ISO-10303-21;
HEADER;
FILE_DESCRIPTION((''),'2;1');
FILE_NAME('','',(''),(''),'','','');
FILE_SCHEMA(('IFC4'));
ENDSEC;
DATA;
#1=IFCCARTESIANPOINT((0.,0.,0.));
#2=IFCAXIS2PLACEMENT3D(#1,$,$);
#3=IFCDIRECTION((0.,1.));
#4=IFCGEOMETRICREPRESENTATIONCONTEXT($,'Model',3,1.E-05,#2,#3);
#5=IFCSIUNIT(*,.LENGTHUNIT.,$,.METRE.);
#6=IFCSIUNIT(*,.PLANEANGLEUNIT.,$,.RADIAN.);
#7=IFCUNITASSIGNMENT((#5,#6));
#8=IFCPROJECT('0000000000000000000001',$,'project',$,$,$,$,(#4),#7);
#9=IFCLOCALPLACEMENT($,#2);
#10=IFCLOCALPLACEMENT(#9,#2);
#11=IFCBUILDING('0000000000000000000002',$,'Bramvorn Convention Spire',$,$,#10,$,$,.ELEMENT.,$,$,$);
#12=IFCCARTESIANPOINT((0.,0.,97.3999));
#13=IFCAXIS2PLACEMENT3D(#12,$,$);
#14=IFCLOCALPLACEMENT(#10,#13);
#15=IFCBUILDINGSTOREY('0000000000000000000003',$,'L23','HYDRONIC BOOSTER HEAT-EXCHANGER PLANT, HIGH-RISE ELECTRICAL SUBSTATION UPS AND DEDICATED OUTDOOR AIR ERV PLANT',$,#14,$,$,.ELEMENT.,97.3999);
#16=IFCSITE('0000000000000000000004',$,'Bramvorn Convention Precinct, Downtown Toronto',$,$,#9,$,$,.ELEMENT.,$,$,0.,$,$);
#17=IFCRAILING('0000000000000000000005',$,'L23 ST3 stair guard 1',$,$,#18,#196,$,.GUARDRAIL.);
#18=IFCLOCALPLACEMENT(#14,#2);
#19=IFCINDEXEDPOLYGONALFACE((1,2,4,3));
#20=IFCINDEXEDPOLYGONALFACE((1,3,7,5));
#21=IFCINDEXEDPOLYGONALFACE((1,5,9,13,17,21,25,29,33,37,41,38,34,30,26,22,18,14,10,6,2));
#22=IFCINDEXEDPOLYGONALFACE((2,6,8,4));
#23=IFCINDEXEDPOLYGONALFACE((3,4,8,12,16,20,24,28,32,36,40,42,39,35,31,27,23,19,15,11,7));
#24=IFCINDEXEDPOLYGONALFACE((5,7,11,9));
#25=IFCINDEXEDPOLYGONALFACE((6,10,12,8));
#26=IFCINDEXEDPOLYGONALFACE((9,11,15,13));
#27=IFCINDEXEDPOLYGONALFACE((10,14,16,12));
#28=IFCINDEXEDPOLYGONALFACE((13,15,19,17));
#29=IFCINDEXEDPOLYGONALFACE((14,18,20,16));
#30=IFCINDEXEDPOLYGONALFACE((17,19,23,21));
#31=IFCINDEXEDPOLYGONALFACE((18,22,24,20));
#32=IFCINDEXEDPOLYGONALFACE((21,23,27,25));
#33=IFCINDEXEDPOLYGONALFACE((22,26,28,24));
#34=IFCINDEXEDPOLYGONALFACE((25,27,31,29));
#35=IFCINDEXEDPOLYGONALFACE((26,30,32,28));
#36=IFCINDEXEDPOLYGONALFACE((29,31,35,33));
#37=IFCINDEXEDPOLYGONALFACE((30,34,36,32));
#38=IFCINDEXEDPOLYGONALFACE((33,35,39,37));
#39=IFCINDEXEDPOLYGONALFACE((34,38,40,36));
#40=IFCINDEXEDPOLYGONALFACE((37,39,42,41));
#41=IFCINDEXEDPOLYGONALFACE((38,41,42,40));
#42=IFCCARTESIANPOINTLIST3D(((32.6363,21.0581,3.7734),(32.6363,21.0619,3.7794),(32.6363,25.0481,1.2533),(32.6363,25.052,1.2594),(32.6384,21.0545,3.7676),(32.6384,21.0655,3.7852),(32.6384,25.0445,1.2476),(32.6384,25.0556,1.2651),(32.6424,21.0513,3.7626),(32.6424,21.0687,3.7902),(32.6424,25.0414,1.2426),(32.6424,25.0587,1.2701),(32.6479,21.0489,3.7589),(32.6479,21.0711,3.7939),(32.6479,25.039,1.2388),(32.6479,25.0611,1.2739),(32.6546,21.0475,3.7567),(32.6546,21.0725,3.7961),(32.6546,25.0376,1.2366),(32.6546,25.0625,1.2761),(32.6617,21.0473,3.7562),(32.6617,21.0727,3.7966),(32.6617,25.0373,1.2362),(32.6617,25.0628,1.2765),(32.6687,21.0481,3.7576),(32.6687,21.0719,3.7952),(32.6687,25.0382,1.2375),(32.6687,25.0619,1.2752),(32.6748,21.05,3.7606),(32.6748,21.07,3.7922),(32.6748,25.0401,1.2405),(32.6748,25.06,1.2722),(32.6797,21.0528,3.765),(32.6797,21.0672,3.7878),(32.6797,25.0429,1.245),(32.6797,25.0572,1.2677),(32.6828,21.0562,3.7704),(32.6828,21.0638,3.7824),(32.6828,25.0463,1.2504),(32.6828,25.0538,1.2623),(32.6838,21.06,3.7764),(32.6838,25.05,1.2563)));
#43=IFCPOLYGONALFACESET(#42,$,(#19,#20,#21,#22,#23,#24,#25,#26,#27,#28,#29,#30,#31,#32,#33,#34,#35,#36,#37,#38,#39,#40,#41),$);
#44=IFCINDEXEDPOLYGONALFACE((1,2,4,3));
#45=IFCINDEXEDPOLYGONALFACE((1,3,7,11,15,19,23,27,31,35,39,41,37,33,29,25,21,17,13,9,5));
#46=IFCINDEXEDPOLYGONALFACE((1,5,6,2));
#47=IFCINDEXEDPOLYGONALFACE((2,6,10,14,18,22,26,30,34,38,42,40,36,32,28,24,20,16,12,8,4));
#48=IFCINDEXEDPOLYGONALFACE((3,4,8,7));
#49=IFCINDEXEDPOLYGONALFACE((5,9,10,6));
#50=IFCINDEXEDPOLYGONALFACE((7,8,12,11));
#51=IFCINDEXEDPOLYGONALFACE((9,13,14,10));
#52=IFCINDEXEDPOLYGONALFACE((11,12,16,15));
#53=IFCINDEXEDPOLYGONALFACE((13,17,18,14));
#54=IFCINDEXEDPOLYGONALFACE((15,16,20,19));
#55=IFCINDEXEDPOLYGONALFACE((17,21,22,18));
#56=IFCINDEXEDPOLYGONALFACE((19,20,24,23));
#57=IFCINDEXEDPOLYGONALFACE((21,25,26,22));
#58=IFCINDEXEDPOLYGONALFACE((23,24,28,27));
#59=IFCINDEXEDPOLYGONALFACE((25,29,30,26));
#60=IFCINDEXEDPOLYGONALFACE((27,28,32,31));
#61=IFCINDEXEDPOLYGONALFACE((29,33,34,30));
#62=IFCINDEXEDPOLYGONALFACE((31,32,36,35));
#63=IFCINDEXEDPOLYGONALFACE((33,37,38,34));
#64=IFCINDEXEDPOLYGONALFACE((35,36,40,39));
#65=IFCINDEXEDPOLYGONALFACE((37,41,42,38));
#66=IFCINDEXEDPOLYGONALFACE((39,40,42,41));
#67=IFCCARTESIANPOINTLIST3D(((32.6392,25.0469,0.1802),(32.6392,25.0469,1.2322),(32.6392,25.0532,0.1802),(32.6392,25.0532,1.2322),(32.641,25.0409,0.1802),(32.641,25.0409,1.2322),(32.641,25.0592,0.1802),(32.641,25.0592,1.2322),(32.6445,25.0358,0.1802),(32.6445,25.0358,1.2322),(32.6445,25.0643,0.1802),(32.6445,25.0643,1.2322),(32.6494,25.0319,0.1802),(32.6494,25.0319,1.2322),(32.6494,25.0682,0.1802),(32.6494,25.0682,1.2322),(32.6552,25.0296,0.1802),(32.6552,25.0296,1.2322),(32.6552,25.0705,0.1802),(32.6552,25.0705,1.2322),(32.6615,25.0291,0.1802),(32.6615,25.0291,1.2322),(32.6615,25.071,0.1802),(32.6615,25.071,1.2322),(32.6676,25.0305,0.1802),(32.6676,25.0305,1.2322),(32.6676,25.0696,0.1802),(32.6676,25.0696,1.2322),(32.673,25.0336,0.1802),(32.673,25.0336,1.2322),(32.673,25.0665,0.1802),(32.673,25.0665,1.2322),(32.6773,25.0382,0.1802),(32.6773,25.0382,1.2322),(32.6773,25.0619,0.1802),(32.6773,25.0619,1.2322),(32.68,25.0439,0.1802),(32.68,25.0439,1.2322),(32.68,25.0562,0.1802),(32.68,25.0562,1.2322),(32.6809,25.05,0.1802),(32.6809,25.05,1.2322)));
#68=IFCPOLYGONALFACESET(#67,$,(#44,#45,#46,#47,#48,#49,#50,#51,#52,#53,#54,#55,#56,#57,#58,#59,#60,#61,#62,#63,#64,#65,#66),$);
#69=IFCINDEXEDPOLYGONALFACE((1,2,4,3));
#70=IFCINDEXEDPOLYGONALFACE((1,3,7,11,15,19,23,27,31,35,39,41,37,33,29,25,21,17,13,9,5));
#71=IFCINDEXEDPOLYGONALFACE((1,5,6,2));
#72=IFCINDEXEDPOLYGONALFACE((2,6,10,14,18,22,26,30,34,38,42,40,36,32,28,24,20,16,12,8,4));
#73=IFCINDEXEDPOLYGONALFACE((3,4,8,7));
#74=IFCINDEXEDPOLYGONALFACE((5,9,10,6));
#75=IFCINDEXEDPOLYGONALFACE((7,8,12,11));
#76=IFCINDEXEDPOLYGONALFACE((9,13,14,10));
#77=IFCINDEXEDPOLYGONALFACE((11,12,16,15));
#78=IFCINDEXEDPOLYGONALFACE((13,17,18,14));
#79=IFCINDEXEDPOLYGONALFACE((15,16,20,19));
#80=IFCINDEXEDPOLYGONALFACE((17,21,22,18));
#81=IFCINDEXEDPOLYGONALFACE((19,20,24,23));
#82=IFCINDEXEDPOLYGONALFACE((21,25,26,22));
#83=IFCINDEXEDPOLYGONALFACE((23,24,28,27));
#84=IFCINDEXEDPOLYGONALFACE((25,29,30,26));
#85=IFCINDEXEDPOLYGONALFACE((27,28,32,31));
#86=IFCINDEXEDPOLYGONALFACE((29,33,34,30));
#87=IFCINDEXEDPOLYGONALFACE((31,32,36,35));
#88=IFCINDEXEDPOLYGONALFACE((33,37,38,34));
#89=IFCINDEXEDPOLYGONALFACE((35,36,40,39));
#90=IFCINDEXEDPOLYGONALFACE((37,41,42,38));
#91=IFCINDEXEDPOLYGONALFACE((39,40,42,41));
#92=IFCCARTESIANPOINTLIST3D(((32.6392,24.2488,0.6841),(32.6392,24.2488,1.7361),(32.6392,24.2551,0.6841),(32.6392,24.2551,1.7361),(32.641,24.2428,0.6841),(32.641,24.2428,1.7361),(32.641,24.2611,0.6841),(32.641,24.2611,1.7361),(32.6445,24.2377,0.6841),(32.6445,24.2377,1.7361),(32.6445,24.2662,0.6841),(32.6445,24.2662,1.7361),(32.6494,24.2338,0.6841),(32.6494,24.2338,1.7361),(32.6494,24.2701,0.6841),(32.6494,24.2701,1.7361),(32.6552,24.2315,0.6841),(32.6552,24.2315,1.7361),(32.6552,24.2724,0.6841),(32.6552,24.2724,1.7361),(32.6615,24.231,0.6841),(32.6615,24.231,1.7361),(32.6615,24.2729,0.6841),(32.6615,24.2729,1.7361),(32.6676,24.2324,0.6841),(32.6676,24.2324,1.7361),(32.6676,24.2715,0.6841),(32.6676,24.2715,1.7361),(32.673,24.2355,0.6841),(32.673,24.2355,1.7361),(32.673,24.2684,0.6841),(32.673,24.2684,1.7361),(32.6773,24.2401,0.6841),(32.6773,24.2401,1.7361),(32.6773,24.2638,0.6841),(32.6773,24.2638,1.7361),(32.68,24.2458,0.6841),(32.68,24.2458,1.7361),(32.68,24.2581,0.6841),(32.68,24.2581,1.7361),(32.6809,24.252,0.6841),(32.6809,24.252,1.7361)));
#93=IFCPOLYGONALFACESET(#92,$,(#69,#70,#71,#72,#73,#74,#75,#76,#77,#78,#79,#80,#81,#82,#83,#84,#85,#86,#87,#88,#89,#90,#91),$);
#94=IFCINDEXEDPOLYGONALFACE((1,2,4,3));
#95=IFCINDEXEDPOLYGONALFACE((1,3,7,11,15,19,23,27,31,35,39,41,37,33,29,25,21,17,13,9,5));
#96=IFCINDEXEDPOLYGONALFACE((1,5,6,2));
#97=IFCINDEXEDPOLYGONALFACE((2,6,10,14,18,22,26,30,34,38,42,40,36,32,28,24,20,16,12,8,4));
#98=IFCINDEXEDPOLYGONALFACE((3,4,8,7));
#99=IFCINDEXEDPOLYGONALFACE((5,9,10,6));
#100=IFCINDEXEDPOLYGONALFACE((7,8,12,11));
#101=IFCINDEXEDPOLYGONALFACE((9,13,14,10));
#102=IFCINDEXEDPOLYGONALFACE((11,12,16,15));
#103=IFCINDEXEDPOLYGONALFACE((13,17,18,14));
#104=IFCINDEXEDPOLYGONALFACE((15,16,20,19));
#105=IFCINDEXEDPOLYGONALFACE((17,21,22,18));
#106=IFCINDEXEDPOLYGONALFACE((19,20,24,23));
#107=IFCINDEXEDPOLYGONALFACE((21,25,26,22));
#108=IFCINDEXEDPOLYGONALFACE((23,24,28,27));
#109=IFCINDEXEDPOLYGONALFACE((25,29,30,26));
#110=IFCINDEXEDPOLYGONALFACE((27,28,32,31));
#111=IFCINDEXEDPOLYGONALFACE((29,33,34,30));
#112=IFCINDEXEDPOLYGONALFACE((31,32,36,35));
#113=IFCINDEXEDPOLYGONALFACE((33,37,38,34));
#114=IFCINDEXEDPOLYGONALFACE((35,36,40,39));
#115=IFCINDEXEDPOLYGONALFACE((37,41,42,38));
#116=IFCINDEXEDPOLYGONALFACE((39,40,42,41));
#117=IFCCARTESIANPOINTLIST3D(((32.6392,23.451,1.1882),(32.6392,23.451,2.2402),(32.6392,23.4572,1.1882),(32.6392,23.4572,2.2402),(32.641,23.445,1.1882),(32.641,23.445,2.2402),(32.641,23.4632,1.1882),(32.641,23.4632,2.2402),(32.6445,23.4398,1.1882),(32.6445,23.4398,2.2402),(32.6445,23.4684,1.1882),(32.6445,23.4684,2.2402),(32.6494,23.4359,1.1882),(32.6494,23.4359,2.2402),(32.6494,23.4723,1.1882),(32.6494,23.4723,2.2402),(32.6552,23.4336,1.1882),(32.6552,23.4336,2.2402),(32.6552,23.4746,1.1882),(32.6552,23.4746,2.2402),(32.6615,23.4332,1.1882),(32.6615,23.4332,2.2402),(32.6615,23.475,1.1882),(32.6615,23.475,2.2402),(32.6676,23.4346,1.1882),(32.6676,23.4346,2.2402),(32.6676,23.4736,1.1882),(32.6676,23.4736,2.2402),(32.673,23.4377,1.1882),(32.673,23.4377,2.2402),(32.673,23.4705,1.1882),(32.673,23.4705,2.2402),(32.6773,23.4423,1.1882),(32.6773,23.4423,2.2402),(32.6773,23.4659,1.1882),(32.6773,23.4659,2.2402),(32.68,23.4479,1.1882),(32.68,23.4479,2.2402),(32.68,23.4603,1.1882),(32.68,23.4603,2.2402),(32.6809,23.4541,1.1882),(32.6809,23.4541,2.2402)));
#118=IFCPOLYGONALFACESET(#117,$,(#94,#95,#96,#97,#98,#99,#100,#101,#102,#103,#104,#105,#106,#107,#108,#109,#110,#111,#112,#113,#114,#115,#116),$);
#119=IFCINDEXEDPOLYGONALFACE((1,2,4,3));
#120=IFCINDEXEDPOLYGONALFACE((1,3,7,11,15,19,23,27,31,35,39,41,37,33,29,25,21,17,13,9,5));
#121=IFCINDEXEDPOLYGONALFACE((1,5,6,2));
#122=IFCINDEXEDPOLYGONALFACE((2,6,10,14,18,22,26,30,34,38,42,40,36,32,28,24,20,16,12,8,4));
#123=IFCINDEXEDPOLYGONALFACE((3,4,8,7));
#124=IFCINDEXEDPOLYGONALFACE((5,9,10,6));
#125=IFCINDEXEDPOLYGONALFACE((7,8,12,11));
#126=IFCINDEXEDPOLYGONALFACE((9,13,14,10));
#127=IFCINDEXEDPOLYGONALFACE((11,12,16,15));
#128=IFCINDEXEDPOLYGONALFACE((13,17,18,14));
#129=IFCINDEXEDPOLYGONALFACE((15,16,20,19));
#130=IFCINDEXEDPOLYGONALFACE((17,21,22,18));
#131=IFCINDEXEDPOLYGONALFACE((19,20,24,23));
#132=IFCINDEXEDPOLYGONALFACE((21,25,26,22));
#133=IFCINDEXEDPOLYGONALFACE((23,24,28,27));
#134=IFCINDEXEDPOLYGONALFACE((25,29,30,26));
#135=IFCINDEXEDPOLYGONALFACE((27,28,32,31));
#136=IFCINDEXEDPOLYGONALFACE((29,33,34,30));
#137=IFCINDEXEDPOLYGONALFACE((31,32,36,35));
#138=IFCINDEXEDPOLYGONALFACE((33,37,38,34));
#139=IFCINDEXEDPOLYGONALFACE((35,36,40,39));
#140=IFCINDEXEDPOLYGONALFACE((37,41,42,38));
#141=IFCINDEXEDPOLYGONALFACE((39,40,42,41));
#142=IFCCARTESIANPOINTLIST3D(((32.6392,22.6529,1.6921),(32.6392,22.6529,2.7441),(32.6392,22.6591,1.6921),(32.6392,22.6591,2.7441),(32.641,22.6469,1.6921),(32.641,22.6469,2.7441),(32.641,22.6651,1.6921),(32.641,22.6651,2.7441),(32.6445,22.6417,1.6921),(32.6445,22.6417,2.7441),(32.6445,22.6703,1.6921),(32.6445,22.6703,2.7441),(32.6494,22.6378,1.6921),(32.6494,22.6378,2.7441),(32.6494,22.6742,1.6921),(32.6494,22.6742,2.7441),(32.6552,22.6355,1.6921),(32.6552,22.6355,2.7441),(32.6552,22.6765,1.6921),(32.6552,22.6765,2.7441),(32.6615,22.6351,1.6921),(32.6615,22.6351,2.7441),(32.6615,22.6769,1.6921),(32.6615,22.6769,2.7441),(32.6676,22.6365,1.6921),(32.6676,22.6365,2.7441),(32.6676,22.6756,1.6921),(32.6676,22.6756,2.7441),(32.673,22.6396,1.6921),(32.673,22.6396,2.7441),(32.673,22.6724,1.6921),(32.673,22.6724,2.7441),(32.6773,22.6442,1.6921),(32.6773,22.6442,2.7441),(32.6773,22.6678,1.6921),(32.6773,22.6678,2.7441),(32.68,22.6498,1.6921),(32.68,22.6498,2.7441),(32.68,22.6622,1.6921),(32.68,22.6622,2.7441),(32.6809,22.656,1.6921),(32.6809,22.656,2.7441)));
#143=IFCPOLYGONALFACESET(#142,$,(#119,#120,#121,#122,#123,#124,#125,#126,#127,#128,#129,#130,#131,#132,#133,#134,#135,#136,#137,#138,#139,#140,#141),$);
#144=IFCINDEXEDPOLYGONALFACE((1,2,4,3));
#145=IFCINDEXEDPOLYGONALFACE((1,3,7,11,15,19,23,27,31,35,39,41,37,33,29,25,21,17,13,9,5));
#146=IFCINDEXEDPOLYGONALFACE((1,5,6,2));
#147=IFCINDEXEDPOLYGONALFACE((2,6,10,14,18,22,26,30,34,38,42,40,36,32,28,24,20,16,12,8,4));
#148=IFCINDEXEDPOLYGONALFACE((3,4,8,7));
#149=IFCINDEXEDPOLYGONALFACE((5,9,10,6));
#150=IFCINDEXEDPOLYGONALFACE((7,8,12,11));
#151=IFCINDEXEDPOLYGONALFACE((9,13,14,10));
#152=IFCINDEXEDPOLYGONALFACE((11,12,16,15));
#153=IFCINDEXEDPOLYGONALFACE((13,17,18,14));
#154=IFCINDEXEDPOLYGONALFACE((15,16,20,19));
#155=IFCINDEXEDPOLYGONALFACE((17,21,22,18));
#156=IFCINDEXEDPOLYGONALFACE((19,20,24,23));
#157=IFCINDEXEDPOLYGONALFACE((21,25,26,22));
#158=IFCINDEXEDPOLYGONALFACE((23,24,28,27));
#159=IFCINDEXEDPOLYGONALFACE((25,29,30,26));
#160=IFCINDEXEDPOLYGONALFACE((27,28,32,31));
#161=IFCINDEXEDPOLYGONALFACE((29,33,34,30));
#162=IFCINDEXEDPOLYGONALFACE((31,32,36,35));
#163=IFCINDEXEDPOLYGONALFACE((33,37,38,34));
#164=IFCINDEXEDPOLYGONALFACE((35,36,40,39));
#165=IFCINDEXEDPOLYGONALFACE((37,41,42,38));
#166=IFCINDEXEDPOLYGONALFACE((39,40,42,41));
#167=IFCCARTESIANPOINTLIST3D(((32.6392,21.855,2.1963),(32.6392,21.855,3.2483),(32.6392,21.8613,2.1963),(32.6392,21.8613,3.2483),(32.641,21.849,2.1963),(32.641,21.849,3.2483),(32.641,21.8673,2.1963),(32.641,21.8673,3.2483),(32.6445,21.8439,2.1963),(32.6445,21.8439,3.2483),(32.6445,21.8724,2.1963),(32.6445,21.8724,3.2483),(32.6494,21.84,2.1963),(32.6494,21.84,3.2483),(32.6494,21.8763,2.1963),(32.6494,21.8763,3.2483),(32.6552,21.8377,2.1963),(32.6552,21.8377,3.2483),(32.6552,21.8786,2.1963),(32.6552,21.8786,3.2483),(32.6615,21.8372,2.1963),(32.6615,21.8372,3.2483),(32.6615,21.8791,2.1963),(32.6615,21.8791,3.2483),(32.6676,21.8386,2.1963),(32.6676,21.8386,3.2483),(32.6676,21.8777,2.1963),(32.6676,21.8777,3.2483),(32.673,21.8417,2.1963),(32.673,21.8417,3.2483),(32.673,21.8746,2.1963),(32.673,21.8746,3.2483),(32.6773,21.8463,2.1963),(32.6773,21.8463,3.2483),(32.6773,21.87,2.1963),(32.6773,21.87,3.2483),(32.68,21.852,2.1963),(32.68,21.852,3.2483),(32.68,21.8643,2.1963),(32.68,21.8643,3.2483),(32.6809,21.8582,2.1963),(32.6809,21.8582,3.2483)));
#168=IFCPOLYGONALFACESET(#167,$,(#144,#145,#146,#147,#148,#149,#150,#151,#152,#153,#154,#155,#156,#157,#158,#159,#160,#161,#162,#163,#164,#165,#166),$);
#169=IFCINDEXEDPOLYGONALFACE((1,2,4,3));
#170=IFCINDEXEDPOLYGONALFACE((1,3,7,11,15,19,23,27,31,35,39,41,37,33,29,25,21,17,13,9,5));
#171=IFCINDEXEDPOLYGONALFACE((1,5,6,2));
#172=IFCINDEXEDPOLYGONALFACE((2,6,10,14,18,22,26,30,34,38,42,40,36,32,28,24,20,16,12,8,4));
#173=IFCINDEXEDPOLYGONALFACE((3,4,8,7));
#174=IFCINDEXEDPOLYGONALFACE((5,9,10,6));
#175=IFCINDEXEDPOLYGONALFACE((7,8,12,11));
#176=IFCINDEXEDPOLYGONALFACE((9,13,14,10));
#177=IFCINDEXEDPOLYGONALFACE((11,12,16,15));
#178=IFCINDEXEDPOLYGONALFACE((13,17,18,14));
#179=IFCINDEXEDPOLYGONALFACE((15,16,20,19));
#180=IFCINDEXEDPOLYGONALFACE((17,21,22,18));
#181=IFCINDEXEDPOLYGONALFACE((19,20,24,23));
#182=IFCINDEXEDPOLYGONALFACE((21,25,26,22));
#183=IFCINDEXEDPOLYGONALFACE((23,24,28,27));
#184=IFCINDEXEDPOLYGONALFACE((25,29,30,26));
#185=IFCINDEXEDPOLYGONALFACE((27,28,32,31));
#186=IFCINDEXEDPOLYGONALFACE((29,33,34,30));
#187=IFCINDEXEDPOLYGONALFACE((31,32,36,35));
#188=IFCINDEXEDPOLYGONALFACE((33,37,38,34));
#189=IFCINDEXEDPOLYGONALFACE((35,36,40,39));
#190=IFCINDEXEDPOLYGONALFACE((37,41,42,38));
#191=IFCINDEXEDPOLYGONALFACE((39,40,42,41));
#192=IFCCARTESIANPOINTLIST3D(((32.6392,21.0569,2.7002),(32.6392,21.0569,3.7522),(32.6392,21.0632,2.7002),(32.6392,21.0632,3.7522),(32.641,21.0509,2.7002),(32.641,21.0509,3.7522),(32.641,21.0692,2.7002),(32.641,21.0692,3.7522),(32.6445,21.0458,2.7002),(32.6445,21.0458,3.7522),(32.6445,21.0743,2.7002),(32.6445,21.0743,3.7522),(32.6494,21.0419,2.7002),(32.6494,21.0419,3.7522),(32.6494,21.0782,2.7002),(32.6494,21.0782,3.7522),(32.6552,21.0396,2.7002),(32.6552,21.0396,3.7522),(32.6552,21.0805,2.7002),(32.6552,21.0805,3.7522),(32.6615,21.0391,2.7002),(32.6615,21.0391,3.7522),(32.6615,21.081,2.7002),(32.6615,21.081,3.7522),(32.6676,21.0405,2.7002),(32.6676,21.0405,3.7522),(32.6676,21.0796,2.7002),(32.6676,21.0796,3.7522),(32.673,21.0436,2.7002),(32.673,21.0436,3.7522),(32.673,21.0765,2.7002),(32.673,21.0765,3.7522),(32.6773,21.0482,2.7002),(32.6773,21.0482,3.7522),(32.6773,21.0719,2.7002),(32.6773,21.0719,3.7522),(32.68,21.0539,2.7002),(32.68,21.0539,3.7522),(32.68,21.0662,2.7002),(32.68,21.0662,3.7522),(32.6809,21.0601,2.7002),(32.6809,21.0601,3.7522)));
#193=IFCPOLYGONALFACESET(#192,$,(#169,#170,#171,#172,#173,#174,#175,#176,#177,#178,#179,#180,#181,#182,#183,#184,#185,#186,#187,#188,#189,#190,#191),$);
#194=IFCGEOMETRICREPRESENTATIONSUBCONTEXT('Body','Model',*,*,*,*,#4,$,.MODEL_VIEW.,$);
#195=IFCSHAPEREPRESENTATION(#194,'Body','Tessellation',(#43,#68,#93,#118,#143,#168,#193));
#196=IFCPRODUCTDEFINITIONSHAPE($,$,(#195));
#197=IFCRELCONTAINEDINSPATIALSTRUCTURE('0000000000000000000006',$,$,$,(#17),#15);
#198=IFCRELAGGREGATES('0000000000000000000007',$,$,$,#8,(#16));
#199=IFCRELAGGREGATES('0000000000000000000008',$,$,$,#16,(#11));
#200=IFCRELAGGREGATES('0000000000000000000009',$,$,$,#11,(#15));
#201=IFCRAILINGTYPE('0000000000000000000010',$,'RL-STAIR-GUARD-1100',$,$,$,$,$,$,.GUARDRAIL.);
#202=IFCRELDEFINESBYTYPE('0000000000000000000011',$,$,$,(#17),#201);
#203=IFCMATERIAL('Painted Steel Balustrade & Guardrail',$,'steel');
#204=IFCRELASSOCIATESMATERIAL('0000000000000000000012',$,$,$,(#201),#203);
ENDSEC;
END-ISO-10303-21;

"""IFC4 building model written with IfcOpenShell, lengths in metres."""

from ifc_helpers import new_model, si_unit, direction, frame, origin, origin_2d, place, context, subcontext, project, spatial, circle, extrude, material, type_object, element, save


model = new_model("IFC4")

# Units and contexts
model_context = context("Model", 3, precision=1e-05, world=origin(), true_north=direction((0.0, 1.0)))
body_context = subcontext(model_context, "Body", "Model", "MODEL_VIEW")
ifc_project = project(units=[si_unit("LENGTHUNIT", "METRE"), si_unit("PLANEANGLEUNIT", "RADIAN")], contexts=[model_context])

# Site, building, storey
site_placement = place(None, origin())
site = spatial("IfcSite", under=ifc_project, at=site_placement, Name="Bramvorn Convention Precinct, Downtown Toronto", CompositionType="ELEMENT", RefElevation=0.0)
building_placement = place(site_placement, origin())
building = spatial("IfcBuilding", under=site, at=building_placement, Name="Bramvorn Convention Spire", CompositionType="ELEMENT")
storey_placement = place(building_placement, frame((0.0, 0.0, 97.3999)))
storey = spatial("IfcBuildingStorey", under=building, at=storey_placement, Name="L23", Description="HYDRONIC BOOSTER HEAT-EXCHANGER PLANT, HIGH-RISE ELECTRICAL SUBSTATION UPS AND DEDICATED OUTDOOR AIR ERV PLANT", CompositionType="ELEMENT", Elevation=97.3999)

# Railing
ifc_material_1 = material(Name="Painted Steel Balustrade & Guardrail", Category="steel")
railing_type_1 = type_object("IfcRailingType", Name="RL-STAIR-GUARD-1100", PredefinedType="GUARDRAIL", material=ifc_material_1)
railing_1_placement = place(storey_placement, frame((32.6599, 25.05, 0.1802)))
element("IfcRailing", 1, at=railing_1_placement, inside=storey, type_object=railing_type_1, Name="L23 ST3 stair guard 1", PredefinedType="GUARDRAIL", context=body_context, shape_type="SweptSolid", body=[
    extrude(circle(Radius=0.0239, at=origin_2d()), frame((0.0, 0.0, 1.0762), z_axis=(0.0, -0.845486, 0.533997), x_axis=(1.0, 0.0, 0.0)), (0.0, 0.0, 1.0), 4.7192),
    extrude(circle(Radius=0.021, at=origin_2d()), origin(), (0.0, 0.0, 1.0), 1.052),
    extrude(circle(Radius=0.021, at=origin_2d()), frame((0.0, -0.7981, 0.5039)), (0.0, 0.0, 1.0), 1.052),
    extrude(circle(Radius=0.021, at=origin_2d()), frame((0.0, -1.5959, 1.0081)), (0.0, 0.0, 1.0), 1.052),
    extrude(circle(Radius=0.021, at=origin_2d()), frame((0.0, -2.394, 1.512)), (0.0, 0.0, 1.0), 1.052),
    extrude(circle(Radius=0.021, at=origin_2d()), frame((0.0, -3.1919, 2.0161)), (0.0, 0.0, 1.0), 1.052),
    extrude(circle(Radius=0.021, at=origin_2d()), frame((0.0, -3.99, 2.52)), (0.0, 0.0, 1.0), 1.052),
])

save(model, "model.ifc")
